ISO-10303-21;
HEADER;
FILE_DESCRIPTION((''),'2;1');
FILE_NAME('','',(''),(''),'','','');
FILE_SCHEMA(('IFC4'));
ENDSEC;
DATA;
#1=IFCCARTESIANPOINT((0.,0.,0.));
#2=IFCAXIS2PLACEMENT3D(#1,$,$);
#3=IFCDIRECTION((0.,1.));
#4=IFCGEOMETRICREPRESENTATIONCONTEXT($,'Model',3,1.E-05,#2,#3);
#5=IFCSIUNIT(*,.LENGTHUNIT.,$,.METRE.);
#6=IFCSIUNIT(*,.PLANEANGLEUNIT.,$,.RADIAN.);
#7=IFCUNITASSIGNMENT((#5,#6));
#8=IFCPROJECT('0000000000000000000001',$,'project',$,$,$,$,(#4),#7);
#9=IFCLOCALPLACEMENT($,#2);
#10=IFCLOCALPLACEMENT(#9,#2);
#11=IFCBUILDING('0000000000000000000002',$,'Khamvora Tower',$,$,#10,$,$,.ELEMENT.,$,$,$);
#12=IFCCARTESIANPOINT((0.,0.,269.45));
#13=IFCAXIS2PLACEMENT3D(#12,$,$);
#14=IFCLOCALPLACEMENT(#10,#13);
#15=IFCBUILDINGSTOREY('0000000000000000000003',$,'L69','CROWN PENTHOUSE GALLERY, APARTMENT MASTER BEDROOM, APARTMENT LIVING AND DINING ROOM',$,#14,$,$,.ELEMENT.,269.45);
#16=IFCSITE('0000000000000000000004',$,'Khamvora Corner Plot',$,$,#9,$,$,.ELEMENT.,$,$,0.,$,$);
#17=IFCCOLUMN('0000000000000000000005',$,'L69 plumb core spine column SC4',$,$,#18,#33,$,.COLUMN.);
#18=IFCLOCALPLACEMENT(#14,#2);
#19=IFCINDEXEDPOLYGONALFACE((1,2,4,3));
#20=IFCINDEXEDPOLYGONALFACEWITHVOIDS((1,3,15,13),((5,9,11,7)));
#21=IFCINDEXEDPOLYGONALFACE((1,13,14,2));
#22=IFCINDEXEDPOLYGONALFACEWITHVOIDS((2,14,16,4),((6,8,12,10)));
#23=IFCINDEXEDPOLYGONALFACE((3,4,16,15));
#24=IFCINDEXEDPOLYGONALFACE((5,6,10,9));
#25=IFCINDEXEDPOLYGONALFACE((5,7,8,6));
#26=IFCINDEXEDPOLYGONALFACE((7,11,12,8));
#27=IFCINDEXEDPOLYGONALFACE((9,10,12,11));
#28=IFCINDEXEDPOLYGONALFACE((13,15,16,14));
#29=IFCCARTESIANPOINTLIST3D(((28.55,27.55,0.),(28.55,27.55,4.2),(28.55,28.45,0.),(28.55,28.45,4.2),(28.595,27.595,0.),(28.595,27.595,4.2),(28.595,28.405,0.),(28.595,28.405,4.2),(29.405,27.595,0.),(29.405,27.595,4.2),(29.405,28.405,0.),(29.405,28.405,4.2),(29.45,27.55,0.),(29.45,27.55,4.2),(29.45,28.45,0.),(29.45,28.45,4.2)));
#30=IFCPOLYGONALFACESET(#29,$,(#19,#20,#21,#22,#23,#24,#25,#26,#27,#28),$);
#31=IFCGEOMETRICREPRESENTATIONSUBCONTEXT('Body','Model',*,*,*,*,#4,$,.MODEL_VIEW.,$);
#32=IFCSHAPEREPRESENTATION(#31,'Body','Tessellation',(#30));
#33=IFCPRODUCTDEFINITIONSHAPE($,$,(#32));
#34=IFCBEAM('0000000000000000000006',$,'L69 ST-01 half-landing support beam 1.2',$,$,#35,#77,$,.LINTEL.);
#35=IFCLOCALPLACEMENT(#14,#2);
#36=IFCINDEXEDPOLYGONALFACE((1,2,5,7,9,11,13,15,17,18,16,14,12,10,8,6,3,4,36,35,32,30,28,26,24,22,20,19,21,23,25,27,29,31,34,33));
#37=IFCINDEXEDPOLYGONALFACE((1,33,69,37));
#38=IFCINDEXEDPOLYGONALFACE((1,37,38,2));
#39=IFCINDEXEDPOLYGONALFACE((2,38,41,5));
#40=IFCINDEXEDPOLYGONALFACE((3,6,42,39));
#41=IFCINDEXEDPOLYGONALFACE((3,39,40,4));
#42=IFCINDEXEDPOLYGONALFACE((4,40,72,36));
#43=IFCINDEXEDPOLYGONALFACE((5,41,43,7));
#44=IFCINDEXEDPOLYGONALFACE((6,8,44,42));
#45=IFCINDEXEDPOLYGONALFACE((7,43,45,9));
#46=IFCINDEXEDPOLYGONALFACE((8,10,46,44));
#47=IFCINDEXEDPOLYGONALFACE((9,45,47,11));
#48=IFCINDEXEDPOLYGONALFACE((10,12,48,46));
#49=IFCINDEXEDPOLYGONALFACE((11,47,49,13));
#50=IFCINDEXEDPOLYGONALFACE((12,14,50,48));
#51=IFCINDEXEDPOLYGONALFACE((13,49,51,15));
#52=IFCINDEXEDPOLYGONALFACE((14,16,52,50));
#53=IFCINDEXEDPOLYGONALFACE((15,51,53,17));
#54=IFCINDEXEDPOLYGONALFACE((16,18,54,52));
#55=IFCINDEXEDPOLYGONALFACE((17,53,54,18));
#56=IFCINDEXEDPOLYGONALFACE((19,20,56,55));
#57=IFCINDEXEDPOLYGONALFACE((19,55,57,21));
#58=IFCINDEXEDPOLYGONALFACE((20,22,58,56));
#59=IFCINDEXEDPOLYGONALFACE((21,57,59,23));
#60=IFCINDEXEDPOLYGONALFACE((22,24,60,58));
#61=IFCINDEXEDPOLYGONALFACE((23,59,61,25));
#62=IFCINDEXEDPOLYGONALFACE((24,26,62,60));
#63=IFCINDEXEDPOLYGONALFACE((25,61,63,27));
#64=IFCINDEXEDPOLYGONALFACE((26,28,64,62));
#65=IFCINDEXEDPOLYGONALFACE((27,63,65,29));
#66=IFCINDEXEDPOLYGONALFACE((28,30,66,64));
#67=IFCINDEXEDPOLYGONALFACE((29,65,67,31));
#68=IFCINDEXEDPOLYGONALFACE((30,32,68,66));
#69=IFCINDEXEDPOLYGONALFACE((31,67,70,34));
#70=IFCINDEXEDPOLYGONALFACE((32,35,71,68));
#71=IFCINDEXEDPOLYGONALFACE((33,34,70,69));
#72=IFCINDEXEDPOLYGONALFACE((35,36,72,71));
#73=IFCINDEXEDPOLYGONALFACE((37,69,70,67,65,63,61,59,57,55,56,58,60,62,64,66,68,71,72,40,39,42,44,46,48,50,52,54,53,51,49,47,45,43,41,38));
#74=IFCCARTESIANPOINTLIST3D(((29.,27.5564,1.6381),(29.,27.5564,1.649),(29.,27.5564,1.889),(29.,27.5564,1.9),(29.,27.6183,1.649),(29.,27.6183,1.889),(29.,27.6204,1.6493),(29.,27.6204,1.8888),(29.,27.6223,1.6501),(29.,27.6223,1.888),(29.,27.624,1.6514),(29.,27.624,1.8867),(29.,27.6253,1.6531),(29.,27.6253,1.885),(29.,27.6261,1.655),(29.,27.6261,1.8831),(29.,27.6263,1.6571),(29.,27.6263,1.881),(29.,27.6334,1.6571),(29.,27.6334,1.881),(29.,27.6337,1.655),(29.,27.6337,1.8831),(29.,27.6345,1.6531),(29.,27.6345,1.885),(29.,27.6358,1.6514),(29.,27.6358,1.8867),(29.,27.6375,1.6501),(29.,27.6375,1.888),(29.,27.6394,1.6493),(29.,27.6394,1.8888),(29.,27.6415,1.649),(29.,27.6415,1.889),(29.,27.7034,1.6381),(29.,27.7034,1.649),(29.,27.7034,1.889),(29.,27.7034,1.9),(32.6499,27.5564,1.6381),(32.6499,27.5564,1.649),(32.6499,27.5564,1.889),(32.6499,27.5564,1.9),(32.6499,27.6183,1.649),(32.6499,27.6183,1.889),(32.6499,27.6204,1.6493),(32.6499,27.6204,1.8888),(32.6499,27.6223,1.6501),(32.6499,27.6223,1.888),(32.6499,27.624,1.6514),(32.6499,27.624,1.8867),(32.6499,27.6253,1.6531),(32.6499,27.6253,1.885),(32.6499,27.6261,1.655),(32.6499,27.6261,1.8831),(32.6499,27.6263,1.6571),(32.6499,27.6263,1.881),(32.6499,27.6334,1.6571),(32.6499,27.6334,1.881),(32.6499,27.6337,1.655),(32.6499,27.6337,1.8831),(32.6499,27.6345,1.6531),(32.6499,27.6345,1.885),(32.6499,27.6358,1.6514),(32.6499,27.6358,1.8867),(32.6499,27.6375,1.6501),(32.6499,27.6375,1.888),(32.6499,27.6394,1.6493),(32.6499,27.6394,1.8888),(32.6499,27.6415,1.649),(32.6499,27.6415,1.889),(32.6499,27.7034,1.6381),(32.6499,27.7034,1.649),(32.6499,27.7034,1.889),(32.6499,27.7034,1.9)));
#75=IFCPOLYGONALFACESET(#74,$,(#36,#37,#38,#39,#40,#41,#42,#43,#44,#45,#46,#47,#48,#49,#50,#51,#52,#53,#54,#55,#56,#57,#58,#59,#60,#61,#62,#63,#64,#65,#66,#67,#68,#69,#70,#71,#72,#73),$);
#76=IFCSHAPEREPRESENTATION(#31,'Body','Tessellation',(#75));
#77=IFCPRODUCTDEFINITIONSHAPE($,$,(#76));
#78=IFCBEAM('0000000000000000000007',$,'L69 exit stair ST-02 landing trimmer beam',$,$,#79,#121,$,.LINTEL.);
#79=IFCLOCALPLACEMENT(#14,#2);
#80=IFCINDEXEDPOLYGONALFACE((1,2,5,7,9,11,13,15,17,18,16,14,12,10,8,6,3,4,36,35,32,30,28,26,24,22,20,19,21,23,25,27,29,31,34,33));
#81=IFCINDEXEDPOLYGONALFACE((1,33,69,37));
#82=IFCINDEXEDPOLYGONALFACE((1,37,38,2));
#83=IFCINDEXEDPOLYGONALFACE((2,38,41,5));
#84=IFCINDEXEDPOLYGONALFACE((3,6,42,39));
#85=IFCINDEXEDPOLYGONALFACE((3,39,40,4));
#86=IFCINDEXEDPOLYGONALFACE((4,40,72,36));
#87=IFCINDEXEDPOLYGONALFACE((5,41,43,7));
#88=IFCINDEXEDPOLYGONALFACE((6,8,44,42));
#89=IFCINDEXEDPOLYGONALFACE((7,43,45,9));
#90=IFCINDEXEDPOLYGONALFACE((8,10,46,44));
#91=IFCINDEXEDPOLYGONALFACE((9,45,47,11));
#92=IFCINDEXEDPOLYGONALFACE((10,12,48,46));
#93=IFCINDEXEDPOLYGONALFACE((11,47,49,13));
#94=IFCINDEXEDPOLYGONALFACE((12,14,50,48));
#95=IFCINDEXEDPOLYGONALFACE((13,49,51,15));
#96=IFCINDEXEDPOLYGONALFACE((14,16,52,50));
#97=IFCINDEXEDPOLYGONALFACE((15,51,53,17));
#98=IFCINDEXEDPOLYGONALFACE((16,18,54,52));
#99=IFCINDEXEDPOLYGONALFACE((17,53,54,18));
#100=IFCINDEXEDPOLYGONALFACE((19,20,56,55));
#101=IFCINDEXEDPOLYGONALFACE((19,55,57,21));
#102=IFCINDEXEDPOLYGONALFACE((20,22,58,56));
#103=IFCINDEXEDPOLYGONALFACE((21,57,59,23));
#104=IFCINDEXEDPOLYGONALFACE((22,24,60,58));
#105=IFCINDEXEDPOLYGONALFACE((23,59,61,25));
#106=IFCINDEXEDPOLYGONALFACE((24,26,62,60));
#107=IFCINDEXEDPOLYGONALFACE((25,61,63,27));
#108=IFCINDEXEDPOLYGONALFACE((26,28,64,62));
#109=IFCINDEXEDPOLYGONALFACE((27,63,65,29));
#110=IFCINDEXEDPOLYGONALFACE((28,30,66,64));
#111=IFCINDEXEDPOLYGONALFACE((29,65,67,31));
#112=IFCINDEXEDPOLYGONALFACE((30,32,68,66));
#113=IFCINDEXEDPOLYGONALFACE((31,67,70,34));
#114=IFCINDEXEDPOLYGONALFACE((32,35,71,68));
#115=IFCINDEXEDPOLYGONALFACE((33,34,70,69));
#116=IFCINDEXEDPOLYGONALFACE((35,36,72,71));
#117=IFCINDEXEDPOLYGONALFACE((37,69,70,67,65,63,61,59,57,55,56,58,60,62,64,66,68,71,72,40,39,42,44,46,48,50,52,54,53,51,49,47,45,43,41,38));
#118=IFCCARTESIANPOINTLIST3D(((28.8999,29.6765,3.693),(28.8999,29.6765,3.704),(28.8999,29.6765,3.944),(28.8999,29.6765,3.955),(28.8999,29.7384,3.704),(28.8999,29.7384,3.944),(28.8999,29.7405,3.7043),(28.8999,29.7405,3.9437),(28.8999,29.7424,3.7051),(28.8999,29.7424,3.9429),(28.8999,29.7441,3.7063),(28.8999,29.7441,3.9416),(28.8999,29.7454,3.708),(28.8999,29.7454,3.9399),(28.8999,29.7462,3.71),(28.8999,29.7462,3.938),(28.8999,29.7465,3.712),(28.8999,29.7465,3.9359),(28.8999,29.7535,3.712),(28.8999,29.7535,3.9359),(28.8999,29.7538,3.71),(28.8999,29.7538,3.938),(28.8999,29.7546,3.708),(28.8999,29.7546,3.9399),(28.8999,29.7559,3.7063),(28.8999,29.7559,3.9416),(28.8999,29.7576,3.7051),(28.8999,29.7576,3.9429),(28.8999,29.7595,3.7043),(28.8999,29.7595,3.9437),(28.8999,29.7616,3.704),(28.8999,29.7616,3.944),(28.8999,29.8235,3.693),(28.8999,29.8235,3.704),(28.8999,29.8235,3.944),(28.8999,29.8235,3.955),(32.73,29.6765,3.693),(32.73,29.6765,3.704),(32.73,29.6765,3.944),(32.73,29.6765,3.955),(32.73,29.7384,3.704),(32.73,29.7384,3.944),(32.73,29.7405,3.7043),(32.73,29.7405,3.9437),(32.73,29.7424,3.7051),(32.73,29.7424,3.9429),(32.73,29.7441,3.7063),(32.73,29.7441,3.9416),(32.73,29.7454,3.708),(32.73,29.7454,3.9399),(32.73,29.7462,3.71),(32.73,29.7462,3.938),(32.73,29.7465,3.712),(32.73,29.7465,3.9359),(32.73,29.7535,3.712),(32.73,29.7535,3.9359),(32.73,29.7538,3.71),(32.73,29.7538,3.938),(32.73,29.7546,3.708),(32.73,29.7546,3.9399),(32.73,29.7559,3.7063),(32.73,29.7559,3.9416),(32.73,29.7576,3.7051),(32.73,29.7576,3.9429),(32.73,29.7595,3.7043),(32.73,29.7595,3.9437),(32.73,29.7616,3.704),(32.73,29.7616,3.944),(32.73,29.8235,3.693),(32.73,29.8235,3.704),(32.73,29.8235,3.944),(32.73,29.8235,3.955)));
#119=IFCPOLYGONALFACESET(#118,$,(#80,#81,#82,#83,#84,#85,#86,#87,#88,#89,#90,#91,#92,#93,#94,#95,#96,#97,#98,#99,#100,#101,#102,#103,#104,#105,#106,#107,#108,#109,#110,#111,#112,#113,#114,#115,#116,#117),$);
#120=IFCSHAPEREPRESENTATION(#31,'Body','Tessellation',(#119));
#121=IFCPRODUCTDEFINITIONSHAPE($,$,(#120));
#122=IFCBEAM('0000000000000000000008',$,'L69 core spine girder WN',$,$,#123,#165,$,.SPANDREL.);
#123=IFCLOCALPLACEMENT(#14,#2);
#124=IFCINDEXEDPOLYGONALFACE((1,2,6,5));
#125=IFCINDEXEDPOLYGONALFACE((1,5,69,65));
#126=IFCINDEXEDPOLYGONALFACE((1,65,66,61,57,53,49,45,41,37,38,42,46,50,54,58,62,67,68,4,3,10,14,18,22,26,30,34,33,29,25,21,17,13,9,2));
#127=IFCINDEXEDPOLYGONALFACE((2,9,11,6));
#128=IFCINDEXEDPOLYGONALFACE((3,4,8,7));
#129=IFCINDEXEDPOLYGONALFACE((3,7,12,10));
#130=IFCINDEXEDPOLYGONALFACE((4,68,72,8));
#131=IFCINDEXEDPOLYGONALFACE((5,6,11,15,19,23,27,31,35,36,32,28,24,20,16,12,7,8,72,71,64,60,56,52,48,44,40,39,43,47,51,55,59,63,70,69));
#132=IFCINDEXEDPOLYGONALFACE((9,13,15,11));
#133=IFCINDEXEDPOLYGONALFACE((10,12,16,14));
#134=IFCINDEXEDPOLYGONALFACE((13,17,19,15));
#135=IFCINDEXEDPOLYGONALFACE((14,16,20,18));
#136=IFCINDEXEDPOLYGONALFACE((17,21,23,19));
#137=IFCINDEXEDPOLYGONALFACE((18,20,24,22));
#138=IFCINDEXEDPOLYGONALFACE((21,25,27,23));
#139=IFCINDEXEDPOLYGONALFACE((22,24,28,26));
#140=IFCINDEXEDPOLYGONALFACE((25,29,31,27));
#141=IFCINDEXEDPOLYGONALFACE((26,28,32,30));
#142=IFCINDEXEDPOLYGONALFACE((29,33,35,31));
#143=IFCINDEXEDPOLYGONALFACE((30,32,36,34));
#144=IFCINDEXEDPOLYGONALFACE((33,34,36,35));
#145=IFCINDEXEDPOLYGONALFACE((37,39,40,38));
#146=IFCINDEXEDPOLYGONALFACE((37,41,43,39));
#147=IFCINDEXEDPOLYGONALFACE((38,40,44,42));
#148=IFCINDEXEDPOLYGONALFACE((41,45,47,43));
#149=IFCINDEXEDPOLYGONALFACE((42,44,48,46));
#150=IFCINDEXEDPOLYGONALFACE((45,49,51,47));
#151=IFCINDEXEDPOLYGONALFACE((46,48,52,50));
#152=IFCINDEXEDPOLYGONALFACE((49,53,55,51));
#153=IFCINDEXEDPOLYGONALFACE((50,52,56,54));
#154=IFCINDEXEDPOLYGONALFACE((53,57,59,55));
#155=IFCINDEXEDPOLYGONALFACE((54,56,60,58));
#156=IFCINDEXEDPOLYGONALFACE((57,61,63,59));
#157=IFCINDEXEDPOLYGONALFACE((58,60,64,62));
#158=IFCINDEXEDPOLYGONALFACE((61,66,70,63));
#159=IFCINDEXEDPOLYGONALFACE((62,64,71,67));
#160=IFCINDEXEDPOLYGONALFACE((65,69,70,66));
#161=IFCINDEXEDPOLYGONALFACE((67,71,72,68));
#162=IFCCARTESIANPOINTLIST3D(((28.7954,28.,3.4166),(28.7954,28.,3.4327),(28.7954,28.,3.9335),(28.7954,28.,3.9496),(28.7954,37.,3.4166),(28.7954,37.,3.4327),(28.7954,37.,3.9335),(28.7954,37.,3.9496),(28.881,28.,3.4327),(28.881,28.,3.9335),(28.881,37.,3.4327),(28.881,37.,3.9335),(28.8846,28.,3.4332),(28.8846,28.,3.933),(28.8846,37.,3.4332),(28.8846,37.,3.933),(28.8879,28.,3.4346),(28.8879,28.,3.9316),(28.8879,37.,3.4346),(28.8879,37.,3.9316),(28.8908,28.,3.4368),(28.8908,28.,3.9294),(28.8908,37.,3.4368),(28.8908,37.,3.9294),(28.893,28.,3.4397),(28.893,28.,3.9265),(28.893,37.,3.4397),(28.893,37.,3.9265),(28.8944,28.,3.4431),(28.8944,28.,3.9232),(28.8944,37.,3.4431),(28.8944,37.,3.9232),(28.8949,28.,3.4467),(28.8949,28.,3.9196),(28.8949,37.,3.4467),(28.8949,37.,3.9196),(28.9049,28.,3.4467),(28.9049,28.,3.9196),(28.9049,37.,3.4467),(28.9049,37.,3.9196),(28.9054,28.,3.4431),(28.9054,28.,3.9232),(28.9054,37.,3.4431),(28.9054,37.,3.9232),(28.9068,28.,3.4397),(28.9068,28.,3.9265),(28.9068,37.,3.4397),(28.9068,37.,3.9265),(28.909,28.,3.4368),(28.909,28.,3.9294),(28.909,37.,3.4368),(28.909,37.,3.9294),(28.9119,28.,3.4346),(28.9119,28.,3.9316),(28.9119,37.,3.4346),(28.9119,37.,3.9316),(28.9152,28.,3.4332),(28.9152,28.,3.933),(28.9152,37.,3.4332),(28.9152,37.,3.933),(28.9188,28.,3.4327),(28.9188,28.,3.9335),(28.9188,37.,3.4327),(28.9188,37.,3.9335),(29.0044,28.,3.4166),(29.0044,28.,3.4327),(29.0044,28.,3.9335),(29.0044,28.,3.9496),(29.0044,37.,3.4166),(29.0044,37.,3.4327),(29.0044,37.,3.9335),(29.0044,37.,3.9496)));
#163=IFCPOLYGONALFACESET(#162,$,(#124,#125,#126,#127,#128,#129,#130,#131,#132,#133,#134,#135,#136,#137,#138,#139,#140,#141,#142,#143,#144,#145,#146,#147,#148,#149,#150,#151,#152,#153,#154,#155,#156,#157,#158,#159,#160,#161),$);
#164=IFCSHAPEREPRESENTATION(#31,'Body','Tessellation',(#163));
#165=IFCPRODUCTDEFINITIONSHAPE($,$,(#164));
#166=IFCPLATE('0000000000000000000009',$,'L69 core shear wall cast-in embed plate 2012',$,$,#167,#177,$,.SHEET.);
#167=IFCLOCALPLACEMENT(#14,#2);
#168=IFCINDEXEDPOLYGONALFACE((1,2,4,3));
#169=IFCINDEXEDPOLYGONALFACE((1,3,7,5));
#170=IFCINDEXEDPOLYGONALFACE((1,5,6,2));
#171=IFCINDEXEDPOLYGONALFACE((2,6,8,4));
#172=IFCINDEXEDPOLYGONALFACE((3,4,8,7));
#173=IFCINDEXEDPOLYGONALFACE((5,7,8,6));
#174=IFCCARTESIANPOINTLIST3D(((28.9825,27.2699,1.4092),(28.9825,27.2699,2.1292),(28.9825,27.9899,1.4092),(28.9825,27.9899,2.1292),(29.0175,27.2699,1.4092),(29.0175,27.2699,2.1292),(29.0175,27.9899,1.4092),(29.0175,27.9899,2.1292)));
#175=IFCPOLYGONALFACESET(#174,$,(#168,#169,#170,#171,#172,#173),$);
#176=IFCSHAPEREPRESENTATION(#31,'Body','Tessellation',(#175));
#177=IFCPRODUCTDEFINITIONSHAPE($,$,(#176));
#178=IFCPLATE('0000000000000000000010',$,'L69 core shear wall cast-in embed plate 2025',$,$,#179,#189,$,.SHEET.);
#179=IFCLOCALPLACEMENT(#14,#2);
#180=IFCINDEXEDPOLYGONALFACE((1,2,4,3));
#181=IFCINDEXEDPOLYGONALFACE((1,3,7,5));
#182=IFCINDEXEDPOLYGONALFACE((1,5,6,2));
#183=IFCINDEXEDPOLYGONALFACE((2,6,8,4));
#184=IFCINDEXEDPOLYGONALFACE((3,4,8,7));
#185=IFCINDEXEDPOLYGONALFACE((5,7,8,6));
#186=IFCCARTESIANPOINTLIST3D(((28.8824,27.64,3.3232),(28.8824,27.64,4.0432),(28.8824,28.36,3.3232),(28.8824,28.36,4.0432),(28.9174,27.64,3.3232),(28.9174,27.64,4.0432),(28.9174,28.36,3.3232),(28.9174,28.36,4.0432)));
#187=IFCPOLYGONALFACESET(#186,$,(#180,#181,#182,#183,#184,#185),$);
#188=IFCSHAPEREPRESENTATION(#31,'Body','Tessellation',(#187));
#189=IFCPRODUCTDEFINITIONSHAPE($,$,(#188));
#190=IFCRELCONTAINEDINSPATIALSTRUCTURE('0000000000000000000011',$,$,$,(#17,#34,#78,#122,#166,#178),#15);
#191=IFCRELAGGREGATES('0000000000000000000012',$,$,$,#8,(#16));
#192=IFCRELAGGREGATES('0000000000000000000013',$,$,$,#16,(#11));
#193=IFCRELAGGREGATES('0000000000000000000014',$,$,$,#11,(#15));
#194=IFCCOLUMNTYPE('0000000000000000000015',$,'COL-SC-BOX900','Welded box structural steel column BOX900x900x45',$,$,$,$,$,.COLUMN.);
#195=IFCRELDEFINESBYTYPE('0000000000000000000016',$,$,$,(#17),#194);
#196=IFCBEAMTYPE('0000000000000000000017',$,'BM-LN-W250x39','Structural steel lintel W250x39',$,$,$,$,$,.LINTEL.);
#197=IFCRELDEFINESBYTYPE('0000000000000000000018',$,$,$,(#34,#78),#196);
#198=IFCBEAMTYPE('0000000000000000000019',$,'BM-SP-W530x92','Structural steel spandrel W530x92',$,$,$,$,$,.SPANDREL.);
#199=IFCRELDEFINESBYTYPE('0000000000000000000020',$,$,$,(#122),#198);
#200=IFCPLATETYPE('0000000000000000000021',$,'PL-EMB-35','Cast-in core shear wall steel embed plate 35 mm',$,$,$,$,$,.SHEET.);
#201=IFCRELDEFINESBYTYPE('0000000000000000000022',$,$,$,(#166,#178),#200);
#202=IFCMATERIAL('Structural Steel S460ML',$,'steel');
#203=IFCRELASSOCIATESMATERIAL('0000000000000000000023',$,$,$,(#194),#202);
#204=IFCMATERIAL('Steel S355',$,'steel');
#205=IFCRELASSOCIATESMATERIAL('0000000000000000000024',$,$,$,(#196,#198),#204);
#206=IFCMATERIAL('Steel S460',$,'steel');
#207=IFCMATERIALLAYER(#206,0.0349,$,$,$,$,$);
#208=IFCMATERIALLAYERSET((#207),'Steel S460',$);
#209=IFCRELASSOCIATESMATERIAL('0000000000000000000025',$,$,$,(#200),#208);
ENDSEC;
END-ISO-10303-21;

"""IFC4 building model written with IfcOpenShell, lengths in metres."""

from ifc_helpers import new_model, si_unit, direction, frame, origin, origin_2d, place, context, subcontext, project, spatial, rectangle, hollow_rectangle, i_section, extrude, material, layer, layer_set, material_profile, profile_set, type_object, element, save


model = new_model("IFC4")

# Units and contexts
model_context = context("Model", 3, precision=1e-05, world=origin(), true_north=direction((0.0, 1.0)))
body_context = subcontext(model_context, "Body", "Model", "MODEL_VIEW")
ifc_project = project(units=[si_unit("LENGTHUNIT", "METRE"), si_unit("PLANEANGLEUNIT", "RADIAN")], contexts=[model_context])

# Site, building, storey
site_placement = place(None, origin())
site = spatial("IfcSite", under=ifc_project, at=site_placement, Name="Khamvora Corner Plot", CompositionType="ELEMENT", RefElevation=0.0)
building_placement = place(site_placement, origin())
building = spatial("IfcBuilding", under=site, at=building_placement, Name="Khamvora Tower", CompositionType="ELEMENT")
storey_placement = place(building_placement, frame((0.0, 0.0, 269.45)))
storey = spatial("IfcBuildingStorey", under=building, at=storey_placement, Name="L69", Description="CROWN PENTHOUSE GALLERY, APARTMENT MASTER BEDROOM, APARTMENT LIVING AND DINING ROOM", CompositionType="ELEMENT", Elevation=269.45)

# Column
ifc_material_1 = material(Name="Structural Steel S460ML", Category="steel")
ifc_material_profile_1 = material_profile(ifc_material_1, hollow_rectangle(XDim=0.8999, YDim=0.8999, WallThickness=0.0449, at=origin_2d()), Name="BOX900x900x45")
ifc_profile_set_1 = profile_set([ifc_material_profile_1], Name="Structural Steel S460ML")
column_type = type_object("IfcColumnType", Name="COL-SC-BOX900", Description="Welded box structural steel column BOX900x900x45", PredefinedType="COLUMN", material=ifc_profile_set_1)
column_placement = place(storey_placement, frame((29.0, 28.0, 0.0), z_axis=(0.0, 0.0, 1.0), x_axis=(1.0, 0.0, 0.0)))
element("IfcColumn", 1, at=column_placement, inside=storey, type_object=column_type, Name="L69 plumb core spine column SC4", PredefinedType="COLUMN", context=body_context, shape_type="SweptSolid", body=[
    extrude(hollow_rectangle(XDim=0.8999, YDim=0.8999, WallThickness=0.0449, at=origin_2d()), origin(), (0.0, 0.0, 1.0), 4.2),
])

# Beams
ifc_material_2 = material(Name="Steel S355", Category="steel")
ifc_material_profile_2 = material_profile(ifc_material_2, i_section(OverallWidth=0.147, OverallDepth=0.262, WebThickness=0.0071, FlangeThickness=0.011, FilletRadius=0.0081, at=origin_2d()), Name="W250x39")
ifc_profile_set_2 = profile_set([ifc_material_profile_2], Name="Steel S355")
beam_type_1 = type_object("IfcBeamType", Name="BM-LN-W250x39", Description="Structural steel lintel W250x39", PredefinedType="LINTEL", material=ifc_profile_set_2)
beam_1_placement = place(storey_placement, frame((29.0, 27.6299, 1.769), z_axis=(1.0, 0.0, 0.0), x_axis=(0.0, 1.0, 0.0)))
element("IfcBeam", 2, at=beam_1_placement, inside=storey, type_object=beam_type_1, Name="L69 ST-01 half-landing support beam 1.2", PredefinedType="LINTEL", context=body_context, shape_type="SweptSolid", body=[
    extrude(i_section(OverallWidth=0.147, OverallDepth=0.262, WebThickness=0.0071, FlangeThickness=0.011, FilletRadius=0.0081, at=origin_2d()), origin(), (0.0, 0.0, 1.0), 3.6499),
])
beam_2_placement = place(storey_placement, frame((28.8999, 29.75, 3.824), z_axis=(1.0, 0.0, 0.0), x_axis=(0.0, 1.0, 0.0)))
element("IfcBeam", 3, at=beam_2_placement, inside=storey, type_object=beam_type_1, Name="L69 exit stair ST-02 landing trimmer beam", PredefinedType="LINTEL", context=body_context, shape_type="SweptSolid", body=[
    extrude(i_section(OverallWidth=0.147, OverallDepth=0.262, WebThickness=0.0071, FlangeThickness=0.011, FilletRadius=0.0081, at=origin_2d()), origin(), (0.0, 0.0, 1.0), 3.8301),
])
ifc_material_profile_3 = material_profile(ifc_material_2, i_section(OverallWidth=0.209, OverallDepth=0.533, WebThickness=0.01, FlangeThickness=0.0161, FilletRadius=0.0139, at=origin_2d()), Name="W530x92")
ifc_profile_set_3 = profile_set([ifc_material_profile_3], Name="Steel S355")
beam_type_2 = type_object("IfcBeamType", Name="BM-SP-W530x92", Description="Structural steel spandrel W530x92", PredefinedType="SPANDREL", material=ifc_profile_set_3)
beam_3_placement = place(storey_placement, frame((28.8999, 28.0, 3.6831), z_axis=(0.0, 1.0, 0.0), x_axis=(-1.0, 0.0, 0.0)))
element("IfcBeam", 4, at=beam_3_placement, inside=storey, type_object=beam_type_2, Name="L69 core spine girder WN", PredefinedType="SPANDREL", context=body_context, shape_type="SweptSolid", body=[
    extrude(i_section(OverallWidth=0.209, OverallDepth=0.533, WebThickness=0.01, FlangeThickness=0.0161, FilletRadius=0.0139, at=origin_2d()), origin(), (0.0, 0.0, 1.0), 9.0),
])

# Plates
ifc_material_3 = material(Name="Steel S460", Category="steel")
ifc_layer_1 = layer(ifc_material_3, 0.0349)
ifc_layer_set_1 = layer_set([ifc_layer_1], Name="Steel S460")
plate_type = type_object("IfcPlateType", Name="PL-EMB-35", Description="Cast-in core shear wall steel embed plate 35 mm", PredefinedType="SHEET", material=ifc_layer_set_1)
for number, where, z_axis, x_axis, name in (
    (5, (29.0, 27.6299, 1.4092), (0.0, 0.0, 1.0), (1.0, 0.0, 0.0), "L69 core shear wall cast-in embed plate 2012"),
    (6, (28.8999, 28.0, 3.3232), (0.0, 0.0, 1.0), (1.0, 0.0, 0.0), "L69 core shear wall cast-in embed plate 2025"),
):
    element("IfcPlate", number, at=place(storey_placement, frame(where, z_axis=z_axis, x_axis=x_axis)), inside=storey, type_object=plate_type, Name=name, PredefinedType="SHEET", context=body_context, shape_type="SweptSolid", body=[
        extrude(rectangle(XDim=0.0349, YDim=0.72, at=origin_2d()), origin(), (0.0, 0.0, 1.0), 0.72),
    ])

save(model, "model.ifc")
